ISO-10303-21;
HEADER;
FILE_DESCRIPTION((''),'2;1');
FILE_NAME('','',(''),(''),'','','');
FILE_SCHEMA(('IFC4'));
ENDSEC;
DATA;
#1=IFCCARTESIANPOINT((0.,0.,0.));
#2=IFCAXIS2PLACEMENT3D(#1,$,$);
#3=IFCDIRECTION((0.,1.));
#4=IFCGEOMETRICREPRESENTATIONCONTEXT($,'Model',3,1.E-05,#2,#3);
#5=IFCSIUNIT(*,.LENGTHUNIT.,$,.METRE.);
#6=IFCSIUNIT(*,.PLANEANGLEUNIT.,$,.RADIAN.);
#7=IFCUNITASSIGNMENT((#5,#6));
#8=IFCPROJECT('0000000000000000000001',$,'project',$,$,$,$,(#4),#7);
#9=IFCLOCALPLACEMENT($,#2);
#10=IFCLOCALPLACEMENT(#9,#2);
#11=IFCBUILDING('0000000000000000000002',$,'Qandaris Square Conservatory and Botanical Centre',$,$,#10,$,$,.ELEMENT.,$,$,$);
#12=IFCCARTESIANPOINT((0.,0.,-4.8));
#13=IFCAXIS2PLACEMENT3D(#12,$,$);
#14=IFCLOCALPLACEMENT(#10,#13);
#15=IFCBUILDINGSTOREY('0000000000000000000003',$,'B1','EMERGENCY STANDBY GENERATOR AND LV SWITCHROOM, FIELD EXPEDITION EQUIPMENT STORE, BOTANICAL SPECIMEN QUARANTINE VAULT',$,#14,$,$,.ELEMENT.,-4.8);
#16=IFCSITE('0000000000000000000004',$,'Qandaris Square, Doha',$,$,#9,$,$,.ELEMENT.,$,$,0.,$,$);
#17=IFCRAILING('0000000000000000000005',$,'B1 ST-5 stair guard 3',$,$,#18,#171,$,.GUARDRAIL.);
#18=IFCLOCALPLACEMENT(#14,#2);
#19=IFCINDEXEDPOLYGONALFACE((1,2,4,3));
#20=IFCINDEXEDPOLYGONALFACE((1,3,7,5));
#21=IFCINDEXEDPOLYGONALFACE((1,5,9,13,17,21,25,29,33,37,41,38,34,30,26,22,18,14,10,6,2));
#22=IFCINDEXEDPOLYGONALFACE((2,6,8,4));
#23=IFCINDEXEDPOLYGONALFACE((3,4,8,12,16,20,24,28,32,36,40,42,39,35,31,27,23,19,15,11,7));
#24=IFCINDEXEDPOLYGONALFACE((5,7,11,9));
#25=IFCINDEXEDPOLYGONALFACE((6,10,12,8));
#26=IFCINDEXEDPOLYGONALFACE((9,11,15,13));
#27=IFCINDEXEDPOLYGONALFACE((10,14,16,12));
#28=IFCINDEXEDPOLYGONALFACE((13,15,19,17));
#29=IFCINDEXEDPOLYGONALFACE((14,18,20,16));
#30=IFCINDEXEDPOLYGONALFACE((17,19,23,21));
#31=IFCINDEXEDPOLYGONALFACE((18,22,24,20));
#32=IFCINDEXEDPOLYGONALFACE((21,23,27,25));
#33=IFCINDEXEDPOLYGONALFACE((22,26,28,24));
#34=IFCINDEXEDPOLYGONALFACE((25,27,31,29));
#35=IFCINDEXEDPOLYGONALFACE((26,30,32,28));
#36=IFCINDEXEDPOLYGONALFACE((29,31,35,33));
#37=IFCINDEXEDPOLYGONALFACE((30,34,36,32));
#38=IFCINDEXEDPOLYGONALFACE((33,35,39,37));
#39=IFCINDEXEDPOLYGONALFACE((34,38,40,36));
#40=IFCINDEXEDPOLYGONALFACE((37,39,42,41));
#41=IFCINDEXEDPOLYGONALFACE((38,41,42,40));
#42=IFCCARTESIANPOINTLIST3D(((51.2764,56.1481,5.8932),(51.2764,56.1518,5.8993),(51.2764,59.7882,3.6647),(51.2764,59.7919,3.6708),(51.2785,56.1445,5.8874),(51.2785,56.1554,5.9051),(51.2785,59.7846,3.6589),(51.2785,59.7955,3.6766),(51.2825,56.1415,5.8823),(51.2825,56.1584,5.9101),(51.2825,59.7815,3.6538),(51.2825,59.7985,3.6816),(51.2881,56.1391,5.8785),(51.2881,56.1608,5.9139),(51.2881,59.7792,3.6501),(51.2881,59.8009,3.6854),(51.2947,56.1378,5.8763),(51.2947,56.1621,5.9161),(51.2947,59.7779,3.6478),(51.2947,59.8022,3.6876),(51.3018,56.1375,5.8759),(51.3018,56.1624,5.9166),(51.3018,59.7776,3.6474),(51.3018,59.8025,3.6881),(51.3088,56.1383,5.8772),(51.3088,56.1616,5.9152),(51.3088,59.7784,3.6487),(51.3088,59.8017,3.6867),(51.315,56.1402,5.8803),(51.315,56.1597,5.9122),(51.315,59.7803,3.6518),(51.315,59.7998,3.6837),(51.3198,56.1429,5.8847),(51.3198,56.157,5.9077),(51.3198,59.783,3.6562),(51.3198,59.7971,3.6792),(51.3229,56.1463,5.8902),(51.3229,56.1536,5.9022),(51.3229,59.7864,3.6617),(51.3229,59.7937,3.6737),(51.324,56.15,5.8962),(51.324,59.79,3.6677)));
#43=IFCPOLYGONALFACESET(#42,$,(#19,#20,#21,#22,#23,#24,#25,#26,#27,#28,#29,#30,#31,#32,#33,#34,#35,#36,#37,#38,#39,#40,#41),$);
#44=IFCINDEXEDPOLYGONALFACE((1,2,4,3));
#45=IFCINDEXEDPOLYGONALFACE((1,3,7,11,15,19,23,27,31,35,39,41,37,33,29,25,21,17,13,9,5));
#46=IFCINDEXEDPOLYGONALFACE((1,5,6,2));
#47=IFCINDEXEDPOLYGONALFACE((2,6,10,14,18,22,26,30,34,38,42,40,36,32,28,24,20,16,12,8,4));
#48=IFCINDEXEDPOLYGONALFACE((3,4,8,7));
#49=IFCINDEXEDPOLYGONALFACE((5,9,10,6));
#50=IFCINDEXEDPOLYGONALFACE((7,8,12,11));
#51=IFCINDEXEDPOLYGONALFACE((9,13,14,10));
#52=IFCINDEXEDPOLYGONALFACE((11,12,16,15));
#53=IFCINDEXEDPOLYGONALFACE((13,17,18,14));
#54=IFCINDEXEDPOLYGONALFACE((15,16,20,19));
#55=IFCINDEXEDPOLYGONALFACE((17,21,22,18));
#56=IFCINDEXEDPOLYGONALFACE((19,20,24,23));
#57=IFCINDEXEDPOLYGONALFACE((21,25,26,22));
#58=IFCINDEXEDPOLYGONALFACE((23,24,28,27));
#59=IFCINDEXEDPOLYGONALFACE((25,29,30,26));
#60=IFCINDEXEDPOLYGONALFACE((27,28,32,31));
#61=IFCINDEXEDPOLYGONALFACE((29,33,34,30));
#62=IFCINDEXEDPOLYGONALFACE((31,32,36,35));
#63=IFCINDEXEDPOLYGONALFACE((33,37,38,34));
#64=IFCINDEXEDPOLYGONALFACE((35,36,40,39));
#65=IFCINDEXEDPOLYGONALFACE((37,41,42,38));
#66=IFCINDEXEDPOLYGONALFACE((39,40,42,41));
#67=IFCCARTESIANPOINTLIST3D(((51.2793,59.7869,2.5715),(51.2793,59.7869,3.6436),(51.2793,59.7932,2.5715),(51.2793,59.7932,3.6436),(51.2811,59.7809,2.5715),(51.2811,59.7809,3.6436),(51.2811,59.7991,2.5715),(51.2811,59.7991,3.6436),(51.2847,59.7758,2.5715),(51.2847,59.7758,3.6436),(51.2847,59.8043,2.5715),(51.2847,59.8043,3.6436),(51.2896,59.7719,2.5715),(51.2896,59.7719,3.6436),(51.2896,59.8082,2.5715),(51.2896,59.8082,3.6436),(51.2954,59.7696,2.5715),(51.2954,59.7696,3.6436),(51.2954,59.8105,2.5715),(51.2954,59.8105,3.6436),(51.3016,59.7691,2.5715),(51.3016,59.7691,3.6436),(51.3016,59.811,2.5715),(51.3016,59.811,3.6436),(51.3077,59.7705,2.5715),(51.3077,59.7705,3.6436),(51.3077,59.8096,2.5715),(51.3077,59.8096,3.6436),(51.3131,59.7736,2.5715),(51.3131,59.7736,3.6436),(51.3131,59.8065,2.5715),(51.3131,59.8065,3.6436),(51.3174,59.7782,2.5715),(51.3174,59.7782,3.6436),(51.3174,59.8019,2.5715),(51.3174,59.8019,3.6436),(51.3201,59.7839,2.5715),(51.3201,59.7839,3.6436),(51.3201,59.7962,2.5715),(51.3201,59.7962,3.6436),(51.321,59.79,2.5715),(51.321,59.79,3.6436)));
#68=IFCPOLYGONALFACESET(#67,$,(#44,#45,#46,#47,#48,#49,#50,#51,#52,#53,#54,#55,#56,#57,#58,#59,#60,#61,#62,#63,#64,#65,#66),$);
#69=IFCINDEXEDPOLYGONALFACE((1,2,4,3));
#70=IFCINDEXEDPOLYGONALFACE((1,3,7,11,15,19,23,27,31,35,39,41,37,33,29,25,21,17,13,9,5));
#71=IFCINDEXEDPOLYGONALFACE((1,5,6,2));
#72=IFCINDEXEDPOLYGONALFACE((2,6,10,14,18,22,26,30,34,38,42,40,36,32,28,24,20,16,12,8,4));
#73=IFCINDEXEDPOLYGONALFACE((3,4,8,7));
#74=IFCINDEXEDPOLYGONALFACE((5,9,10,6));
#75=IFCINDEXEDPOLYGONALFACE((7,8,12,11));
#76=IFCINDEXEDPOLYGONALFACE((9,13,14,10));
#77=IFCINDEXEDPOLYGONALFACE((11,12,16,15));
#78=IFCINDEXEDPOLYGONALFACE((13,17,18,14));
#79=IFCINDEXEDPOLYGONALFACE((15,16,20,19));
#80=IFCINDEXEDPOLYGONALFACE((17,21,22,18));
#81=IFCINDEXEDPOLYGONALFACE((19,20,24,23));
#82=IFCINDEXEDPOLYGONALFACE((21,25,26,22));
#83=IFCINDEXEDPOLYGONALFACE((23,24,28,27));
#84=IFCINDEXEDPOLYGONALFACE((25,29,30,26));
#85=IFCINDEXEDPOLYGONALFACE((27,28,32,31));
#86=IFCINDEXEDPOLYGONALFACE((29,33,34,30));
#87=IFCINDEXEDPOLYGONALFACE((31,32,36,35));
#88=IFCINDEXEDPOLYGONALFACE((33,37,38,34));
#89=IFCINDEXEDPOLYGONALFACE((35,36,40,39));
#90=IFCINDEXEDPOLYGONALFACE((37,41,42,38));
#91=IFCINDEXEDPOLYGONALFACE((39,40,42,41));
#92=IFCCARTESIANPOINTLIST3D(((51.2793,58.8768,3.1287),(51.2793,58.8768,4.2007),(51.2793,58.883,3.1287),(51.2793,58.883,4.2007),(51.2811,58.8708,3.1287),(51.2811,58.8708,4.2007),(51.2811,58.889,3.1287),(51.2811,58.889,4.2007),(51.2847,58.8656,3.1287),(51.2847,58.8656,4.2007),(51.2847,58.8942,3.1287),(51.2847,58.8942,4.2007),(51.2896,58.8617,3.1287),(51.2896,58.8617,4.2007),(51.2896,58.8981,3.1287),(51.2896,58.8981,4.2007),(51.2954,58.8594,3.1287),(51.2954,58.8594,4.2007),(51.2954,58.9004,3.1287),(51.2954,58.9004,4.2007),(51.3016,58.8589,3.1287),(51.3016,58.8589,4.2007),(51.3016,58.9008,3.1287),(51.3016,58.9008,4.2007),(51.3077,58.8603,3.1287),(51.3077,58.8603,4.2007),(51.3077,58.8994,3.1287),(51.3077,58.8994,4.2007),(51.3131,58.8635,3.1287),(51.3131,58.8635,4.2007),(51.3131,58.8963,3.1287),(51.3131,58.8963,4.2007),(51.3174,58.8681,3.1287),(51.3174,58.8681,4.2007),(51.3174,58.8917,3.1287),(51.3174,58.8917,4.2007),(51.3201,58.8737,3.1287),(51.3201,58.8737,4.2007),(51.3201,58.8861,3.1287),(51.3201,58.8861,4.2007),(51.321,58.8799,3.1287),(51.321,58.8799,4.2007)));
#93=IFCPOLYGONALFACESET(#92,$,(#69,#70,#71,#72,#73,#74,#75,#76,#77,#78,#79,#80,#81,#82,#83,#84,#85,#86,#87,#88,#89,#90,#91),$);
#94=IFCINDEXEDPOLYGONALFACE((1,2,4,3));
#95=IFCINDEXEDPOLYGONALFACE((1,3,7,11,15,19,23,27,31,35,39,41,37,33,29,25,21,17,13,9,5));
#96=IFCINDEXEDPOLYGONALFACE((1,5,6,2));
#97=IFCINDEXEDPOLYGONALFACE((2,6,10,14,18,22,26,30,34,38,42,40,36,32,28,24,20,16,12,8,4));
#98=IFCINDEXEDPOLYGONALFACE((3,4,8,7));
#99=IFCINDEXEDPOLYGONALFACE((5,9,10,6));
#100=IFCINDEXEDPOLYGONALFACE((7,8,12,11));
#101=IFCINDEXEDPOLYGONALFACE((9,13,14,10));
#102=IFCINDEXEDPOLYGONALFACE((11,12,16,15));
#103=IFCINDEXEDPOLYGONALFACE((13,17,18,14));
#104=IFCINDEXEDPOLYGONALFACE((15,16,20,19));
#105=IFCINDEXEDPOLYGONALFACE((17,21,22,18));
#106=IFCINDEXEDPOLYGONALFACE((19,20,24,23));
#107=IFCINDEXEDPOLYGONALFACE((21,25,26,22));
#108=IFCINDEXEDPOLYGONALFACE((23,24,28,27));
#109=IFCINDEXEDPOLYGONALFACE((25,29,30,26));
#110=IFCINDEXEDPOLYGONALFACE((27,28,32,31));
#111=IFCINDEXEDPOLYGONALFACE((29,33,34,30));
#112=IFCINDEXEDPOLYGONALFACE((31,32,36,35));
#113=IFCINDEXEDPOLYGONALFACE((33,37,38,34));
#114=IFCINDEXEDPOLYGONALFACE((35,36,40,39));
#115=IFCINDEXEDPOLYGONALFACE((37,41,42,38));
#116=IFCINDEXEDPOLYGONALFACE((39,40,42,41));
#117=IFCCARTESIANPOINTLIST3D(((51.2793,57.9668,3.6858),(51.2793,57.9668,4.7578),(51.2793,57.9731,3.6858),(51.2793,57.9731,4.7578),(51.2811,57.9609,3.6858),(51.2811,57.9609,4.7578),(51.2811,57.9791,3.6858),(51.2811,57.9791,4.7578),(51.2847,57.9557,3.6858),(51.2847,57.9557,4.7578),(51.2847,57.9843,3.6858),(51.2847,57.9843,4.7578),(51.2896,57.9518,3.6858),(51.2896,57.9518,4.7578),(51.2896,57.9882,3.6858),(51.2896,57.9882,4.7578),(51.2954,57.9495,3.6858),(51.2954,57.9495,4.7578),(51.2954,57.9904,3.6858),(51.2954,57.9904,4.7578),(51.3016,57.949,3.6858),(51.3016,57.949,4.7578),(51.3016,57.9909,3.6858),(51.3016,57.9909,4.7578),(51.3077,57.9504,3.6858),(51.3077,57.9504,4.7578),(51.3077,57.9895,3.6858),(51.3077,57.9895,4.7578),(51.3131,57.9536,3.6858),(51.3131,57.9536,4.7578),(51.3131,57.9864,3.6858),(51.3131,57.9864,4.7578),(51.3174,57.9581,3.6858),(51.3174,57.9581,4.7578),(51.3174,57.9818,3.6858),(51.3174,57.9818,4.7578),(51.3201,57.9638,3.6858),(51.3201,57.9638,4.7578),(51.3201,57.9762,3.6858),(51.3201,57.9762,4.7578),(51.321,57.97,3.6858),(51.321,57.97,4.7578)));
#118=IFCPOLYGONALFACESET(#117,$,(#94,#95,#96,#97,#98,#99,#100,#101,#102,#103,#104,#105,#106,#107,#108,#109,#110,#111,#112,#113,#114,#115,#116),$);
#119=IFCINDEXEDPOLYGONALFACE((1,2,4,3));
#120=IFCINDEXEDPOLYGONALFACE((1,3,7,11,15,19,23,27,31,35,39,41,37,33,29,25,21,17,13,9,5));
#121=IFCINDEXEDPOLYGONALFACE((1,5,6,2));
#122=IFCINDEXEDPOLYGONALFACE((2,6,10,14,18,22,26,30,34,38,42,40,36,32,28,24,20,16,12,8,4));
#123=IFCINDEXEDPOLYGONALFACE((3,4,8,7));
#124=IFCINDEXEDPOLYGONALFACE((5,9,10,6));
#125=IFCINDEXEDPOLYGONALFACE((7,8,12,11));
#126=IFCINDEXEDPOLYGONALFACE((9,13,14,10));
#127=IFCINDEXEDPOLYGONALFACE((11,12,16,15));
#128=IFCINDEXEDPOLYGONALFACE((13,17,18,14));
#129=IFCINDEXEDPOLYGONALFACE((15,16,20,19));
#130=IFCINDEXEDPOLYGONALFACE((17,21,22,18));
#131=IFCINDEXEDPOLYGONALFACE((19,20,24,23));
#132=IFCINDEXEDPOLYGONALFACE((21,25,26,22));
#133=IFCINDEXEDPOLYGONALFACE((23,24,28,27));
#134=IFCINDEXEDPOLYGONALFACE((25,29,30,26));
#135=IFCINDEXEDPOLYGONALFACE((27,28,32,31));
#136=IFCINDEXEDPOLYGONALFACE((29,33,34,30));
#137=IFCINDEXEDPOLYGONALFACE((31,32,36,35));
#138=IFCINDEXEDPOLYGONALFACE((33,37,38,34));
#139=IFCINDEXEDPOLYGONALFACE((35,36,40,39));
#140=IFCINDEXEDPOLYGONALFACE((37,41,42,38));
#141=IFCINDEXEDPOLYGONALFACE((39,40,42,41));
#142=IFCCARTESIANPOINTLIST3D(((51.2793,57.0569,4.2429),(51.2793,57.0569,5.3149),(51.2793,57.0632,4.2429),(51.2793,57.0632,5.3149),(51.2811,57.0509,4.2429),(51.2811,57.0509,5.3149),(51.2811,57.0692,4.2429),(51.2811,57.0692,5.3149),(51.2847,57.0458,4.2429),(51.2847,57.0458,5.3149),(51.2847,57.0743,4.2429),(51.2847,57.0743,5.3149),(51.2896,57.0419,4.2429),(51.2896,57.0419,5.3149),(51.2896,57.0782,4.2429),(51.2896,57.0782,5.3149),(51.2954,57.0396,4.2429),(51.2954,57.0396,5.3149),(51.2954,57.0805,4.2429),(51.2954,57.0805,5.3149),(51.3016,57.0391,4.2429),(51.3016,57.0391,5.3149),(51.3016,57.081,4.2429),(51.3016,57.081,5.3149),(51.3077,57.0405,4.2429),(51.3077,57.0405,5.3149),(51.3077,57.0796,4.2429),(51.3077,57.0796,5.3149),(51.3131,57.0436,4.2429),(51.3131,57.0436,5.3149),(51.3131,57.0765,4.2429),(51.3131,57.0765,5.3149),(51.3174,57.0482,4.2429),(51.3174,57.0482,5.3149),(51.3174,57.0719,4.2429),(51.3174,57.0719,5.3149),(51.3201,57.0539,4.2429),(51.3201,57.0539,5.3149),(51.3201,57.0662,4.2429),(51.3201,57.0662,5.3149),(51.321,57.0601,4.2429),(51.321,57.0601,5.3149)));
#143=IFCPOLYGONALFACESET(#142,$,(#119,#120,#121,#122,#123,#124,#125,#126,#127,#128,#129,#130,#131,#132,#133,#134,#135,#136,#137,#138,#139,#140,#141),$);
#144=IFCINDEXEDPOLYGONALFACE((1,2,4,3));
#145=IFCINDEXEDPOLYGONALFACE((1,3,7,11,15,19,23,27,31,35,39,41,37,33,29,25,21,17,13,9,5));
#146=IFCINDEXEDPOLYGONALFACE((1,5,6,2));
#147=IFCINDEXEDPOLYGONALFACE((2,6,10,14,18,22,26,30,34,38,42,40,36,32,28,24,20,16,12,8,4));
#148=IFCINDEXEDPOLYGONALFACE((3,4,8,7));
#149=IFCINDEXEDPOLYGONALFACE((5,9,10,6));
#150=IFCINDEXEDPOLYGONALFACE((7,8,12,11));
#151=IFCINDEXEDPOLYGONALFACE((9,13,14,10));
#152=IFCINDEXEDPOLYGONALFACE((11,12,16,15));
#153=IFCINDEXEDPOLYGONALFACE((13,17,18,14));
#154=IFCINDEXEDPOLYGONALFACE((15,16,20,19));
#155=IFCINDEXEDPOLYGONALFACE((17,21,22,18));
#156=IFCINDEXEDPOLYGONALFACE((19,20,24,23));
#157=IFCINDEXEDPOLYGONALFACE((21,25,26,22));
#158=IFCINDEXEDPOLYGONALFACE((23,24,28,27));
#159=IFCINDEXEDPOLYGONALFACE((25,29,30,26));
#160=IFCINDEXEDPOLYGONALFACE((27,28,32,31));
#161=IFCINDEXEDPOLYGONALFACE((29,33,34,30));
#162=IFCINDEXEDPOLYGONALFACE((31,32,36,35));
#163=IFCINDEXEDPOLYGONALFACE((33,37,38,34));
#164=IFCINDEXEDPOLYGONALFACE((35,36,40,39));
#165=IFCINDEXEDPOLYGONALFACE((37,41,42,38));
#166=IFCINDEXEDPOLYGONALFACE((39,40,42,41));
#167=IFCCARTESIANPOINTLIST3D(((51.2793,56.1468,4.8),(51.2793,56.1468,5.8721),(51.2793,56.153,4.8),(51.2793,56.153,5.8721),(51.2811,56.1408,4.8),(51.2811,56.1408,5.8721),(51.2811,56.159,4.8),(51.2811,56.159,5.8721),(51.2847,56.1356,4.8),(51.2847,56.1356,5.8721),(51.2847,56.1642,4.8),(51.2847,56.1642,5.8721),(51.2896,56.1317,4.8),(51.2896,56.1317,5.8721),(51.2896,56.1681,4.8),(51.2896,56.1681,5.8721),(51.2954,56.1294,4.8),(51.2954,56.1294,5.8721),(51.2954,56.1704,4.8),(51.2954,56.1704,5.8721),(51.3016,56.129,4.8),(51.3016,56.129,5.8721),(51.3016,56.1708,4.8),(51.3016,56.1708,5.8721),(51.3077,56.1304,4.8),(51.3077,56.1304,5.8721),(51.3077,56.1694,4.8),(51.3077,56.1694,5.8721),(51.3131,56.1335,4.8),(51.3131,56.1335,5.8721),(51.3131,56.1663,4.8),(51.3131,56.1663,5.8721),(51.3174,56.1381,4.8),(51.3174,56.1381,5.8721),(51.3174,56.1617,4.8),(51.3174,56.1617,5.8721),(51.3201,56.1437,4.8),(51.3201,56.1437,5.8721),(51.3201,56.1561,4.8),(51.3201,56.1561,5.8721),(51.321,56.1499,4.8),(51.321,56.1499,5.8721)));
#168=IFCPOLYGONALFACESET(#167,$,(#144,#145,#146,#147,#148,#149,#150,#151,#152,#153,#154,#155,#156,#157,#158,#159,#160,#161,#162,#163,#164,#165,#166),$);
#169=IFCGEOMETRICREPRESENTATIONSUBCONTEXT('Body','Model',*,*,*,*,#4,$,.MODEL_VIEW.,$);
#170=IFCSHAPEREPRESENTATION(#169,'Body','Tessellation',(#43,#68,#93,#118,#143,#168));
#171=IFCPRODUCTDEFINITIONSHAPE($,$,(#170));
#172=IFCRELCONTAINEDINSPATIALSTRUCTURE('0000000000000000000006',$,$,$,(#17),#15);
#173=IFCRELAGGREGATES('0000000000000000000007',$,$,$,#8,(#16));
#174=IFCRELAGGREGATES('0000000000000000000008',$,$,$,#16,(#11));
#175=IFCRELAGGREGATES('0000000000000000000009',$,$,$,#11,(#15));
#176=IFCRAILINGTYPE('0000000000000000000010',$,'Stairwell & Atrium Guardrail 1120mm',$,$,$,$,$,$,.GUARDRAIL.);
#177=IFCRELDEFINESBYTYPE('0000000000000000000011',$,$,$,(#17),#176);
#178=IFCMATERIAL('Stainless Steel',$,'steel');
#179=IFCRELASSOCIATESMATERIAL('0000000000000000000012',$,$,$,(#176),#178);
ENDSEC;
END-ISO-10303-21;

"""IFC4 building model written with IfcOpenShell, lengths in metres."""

from ifc_helpers import new_model, si_unit, direction, frame, origin, origin_2d, place, context, subcontext, project, spatial, circle, extrude, material, type_object, element, save


model = new_model("IFC4")

# Units and contexts
model_context = context("Model", 3, precision=1e-05, world=origin(), true_north=direction((0.0, 1.0)))
body_context = subcontext(model_context, "Body", "Model", "MODEL_VIEW")
ifc_project = project(units=[si_unit("LENGTHUNIT", "METRE"), si_unit("PLANEANGLEUNIT", "RADIAN")], contexts=[model_context])

# Site, building, storey
site_placement = place(None, origin())
site = spatial("IfcSite", under=ifc_project, at=site_placement, Name="Qandaris Square, Doha", CompositionType="ELEMENT", RefElevation=0.0)
building_placement = place(site_placement, origin())
building = spatial("IfcBuilding", under=site, at=building_placement, Name="Qandaris Square Conservatory and Botanical Centre", CompositionType="ELEMENT")
storey_placement = place(building_placement, frame((0.0, 0.0, -4.8)))
storey = spatial("IfcBuildingStorey", under=building, at=storey_placement, Name="B1", Description="EMERGENCY STANDBY GENERATOR AND LV SWITCHROOM, FIELD EXPEDITION EQUIPMENT STORE, BOTANICAL SPECIMEN QUARANTINE VAULT", CompositionType="ELEMENT", Elevation=-4.8)

# Railing
ifc_material_1 = material(Name="Stainless Steel", Category="steel")
railing_type_1 = type_object("IfcRailingType", Name="Stairwell & Atrium Guardrail 1120mm", PredefinedType="GUARDRAIL", material=ifc_material_1)
railing_1_placement = place(storey_placement, frame((51.3, 59.79, 2.5715)))
element("IfcRailing", 1, at=railing_1_placement, inside=storey, type_object=railing_type_1, Name="B1 ST-5 stair guard 3", PredefinedType="GUARDRAIL", context=body_context, shape_type="SweptSolid", body=[
    extrude(circle(Radius=0.0239, at=origin_2d()), frame((0.0, 0.0, 1.0962), z_axis=(0.0, -0.852866, 0.52213), x_axis=(1.0, 0.0, 0.0)), (0.0, 0.0, 1.0), 4.2681),
    extrude(circle(Radius=0.021, at=origin_2d()), origin(), (0.0, 0.0, 1.0), 1.072),
    extrude(circle(Radius=0.021, at=origin_2d()), frame((0.0, -0.9102, 0.5571)), (0.0, 0.0, 1.0), 1.072),
    extrude(circle(Radius=0.021, at=origin_2d()), frame((0.0, -1.8201, 1.1143)), (0.0, 0.0, 1.0), 1.072),
    extrude(circle(Radius=0.021, at=origin_2d()), frame((0.0, -2.73, 1.6714)), (0.0, 0.0, 1.0), 1.072),
    extrude(circle(Radius=0.021, at=origin_2d()), frame((0.0, -3.6401, 2.2285)), (0.0, 0.0, 1.0), 1.072),
])

save(model, "model.ifc")
